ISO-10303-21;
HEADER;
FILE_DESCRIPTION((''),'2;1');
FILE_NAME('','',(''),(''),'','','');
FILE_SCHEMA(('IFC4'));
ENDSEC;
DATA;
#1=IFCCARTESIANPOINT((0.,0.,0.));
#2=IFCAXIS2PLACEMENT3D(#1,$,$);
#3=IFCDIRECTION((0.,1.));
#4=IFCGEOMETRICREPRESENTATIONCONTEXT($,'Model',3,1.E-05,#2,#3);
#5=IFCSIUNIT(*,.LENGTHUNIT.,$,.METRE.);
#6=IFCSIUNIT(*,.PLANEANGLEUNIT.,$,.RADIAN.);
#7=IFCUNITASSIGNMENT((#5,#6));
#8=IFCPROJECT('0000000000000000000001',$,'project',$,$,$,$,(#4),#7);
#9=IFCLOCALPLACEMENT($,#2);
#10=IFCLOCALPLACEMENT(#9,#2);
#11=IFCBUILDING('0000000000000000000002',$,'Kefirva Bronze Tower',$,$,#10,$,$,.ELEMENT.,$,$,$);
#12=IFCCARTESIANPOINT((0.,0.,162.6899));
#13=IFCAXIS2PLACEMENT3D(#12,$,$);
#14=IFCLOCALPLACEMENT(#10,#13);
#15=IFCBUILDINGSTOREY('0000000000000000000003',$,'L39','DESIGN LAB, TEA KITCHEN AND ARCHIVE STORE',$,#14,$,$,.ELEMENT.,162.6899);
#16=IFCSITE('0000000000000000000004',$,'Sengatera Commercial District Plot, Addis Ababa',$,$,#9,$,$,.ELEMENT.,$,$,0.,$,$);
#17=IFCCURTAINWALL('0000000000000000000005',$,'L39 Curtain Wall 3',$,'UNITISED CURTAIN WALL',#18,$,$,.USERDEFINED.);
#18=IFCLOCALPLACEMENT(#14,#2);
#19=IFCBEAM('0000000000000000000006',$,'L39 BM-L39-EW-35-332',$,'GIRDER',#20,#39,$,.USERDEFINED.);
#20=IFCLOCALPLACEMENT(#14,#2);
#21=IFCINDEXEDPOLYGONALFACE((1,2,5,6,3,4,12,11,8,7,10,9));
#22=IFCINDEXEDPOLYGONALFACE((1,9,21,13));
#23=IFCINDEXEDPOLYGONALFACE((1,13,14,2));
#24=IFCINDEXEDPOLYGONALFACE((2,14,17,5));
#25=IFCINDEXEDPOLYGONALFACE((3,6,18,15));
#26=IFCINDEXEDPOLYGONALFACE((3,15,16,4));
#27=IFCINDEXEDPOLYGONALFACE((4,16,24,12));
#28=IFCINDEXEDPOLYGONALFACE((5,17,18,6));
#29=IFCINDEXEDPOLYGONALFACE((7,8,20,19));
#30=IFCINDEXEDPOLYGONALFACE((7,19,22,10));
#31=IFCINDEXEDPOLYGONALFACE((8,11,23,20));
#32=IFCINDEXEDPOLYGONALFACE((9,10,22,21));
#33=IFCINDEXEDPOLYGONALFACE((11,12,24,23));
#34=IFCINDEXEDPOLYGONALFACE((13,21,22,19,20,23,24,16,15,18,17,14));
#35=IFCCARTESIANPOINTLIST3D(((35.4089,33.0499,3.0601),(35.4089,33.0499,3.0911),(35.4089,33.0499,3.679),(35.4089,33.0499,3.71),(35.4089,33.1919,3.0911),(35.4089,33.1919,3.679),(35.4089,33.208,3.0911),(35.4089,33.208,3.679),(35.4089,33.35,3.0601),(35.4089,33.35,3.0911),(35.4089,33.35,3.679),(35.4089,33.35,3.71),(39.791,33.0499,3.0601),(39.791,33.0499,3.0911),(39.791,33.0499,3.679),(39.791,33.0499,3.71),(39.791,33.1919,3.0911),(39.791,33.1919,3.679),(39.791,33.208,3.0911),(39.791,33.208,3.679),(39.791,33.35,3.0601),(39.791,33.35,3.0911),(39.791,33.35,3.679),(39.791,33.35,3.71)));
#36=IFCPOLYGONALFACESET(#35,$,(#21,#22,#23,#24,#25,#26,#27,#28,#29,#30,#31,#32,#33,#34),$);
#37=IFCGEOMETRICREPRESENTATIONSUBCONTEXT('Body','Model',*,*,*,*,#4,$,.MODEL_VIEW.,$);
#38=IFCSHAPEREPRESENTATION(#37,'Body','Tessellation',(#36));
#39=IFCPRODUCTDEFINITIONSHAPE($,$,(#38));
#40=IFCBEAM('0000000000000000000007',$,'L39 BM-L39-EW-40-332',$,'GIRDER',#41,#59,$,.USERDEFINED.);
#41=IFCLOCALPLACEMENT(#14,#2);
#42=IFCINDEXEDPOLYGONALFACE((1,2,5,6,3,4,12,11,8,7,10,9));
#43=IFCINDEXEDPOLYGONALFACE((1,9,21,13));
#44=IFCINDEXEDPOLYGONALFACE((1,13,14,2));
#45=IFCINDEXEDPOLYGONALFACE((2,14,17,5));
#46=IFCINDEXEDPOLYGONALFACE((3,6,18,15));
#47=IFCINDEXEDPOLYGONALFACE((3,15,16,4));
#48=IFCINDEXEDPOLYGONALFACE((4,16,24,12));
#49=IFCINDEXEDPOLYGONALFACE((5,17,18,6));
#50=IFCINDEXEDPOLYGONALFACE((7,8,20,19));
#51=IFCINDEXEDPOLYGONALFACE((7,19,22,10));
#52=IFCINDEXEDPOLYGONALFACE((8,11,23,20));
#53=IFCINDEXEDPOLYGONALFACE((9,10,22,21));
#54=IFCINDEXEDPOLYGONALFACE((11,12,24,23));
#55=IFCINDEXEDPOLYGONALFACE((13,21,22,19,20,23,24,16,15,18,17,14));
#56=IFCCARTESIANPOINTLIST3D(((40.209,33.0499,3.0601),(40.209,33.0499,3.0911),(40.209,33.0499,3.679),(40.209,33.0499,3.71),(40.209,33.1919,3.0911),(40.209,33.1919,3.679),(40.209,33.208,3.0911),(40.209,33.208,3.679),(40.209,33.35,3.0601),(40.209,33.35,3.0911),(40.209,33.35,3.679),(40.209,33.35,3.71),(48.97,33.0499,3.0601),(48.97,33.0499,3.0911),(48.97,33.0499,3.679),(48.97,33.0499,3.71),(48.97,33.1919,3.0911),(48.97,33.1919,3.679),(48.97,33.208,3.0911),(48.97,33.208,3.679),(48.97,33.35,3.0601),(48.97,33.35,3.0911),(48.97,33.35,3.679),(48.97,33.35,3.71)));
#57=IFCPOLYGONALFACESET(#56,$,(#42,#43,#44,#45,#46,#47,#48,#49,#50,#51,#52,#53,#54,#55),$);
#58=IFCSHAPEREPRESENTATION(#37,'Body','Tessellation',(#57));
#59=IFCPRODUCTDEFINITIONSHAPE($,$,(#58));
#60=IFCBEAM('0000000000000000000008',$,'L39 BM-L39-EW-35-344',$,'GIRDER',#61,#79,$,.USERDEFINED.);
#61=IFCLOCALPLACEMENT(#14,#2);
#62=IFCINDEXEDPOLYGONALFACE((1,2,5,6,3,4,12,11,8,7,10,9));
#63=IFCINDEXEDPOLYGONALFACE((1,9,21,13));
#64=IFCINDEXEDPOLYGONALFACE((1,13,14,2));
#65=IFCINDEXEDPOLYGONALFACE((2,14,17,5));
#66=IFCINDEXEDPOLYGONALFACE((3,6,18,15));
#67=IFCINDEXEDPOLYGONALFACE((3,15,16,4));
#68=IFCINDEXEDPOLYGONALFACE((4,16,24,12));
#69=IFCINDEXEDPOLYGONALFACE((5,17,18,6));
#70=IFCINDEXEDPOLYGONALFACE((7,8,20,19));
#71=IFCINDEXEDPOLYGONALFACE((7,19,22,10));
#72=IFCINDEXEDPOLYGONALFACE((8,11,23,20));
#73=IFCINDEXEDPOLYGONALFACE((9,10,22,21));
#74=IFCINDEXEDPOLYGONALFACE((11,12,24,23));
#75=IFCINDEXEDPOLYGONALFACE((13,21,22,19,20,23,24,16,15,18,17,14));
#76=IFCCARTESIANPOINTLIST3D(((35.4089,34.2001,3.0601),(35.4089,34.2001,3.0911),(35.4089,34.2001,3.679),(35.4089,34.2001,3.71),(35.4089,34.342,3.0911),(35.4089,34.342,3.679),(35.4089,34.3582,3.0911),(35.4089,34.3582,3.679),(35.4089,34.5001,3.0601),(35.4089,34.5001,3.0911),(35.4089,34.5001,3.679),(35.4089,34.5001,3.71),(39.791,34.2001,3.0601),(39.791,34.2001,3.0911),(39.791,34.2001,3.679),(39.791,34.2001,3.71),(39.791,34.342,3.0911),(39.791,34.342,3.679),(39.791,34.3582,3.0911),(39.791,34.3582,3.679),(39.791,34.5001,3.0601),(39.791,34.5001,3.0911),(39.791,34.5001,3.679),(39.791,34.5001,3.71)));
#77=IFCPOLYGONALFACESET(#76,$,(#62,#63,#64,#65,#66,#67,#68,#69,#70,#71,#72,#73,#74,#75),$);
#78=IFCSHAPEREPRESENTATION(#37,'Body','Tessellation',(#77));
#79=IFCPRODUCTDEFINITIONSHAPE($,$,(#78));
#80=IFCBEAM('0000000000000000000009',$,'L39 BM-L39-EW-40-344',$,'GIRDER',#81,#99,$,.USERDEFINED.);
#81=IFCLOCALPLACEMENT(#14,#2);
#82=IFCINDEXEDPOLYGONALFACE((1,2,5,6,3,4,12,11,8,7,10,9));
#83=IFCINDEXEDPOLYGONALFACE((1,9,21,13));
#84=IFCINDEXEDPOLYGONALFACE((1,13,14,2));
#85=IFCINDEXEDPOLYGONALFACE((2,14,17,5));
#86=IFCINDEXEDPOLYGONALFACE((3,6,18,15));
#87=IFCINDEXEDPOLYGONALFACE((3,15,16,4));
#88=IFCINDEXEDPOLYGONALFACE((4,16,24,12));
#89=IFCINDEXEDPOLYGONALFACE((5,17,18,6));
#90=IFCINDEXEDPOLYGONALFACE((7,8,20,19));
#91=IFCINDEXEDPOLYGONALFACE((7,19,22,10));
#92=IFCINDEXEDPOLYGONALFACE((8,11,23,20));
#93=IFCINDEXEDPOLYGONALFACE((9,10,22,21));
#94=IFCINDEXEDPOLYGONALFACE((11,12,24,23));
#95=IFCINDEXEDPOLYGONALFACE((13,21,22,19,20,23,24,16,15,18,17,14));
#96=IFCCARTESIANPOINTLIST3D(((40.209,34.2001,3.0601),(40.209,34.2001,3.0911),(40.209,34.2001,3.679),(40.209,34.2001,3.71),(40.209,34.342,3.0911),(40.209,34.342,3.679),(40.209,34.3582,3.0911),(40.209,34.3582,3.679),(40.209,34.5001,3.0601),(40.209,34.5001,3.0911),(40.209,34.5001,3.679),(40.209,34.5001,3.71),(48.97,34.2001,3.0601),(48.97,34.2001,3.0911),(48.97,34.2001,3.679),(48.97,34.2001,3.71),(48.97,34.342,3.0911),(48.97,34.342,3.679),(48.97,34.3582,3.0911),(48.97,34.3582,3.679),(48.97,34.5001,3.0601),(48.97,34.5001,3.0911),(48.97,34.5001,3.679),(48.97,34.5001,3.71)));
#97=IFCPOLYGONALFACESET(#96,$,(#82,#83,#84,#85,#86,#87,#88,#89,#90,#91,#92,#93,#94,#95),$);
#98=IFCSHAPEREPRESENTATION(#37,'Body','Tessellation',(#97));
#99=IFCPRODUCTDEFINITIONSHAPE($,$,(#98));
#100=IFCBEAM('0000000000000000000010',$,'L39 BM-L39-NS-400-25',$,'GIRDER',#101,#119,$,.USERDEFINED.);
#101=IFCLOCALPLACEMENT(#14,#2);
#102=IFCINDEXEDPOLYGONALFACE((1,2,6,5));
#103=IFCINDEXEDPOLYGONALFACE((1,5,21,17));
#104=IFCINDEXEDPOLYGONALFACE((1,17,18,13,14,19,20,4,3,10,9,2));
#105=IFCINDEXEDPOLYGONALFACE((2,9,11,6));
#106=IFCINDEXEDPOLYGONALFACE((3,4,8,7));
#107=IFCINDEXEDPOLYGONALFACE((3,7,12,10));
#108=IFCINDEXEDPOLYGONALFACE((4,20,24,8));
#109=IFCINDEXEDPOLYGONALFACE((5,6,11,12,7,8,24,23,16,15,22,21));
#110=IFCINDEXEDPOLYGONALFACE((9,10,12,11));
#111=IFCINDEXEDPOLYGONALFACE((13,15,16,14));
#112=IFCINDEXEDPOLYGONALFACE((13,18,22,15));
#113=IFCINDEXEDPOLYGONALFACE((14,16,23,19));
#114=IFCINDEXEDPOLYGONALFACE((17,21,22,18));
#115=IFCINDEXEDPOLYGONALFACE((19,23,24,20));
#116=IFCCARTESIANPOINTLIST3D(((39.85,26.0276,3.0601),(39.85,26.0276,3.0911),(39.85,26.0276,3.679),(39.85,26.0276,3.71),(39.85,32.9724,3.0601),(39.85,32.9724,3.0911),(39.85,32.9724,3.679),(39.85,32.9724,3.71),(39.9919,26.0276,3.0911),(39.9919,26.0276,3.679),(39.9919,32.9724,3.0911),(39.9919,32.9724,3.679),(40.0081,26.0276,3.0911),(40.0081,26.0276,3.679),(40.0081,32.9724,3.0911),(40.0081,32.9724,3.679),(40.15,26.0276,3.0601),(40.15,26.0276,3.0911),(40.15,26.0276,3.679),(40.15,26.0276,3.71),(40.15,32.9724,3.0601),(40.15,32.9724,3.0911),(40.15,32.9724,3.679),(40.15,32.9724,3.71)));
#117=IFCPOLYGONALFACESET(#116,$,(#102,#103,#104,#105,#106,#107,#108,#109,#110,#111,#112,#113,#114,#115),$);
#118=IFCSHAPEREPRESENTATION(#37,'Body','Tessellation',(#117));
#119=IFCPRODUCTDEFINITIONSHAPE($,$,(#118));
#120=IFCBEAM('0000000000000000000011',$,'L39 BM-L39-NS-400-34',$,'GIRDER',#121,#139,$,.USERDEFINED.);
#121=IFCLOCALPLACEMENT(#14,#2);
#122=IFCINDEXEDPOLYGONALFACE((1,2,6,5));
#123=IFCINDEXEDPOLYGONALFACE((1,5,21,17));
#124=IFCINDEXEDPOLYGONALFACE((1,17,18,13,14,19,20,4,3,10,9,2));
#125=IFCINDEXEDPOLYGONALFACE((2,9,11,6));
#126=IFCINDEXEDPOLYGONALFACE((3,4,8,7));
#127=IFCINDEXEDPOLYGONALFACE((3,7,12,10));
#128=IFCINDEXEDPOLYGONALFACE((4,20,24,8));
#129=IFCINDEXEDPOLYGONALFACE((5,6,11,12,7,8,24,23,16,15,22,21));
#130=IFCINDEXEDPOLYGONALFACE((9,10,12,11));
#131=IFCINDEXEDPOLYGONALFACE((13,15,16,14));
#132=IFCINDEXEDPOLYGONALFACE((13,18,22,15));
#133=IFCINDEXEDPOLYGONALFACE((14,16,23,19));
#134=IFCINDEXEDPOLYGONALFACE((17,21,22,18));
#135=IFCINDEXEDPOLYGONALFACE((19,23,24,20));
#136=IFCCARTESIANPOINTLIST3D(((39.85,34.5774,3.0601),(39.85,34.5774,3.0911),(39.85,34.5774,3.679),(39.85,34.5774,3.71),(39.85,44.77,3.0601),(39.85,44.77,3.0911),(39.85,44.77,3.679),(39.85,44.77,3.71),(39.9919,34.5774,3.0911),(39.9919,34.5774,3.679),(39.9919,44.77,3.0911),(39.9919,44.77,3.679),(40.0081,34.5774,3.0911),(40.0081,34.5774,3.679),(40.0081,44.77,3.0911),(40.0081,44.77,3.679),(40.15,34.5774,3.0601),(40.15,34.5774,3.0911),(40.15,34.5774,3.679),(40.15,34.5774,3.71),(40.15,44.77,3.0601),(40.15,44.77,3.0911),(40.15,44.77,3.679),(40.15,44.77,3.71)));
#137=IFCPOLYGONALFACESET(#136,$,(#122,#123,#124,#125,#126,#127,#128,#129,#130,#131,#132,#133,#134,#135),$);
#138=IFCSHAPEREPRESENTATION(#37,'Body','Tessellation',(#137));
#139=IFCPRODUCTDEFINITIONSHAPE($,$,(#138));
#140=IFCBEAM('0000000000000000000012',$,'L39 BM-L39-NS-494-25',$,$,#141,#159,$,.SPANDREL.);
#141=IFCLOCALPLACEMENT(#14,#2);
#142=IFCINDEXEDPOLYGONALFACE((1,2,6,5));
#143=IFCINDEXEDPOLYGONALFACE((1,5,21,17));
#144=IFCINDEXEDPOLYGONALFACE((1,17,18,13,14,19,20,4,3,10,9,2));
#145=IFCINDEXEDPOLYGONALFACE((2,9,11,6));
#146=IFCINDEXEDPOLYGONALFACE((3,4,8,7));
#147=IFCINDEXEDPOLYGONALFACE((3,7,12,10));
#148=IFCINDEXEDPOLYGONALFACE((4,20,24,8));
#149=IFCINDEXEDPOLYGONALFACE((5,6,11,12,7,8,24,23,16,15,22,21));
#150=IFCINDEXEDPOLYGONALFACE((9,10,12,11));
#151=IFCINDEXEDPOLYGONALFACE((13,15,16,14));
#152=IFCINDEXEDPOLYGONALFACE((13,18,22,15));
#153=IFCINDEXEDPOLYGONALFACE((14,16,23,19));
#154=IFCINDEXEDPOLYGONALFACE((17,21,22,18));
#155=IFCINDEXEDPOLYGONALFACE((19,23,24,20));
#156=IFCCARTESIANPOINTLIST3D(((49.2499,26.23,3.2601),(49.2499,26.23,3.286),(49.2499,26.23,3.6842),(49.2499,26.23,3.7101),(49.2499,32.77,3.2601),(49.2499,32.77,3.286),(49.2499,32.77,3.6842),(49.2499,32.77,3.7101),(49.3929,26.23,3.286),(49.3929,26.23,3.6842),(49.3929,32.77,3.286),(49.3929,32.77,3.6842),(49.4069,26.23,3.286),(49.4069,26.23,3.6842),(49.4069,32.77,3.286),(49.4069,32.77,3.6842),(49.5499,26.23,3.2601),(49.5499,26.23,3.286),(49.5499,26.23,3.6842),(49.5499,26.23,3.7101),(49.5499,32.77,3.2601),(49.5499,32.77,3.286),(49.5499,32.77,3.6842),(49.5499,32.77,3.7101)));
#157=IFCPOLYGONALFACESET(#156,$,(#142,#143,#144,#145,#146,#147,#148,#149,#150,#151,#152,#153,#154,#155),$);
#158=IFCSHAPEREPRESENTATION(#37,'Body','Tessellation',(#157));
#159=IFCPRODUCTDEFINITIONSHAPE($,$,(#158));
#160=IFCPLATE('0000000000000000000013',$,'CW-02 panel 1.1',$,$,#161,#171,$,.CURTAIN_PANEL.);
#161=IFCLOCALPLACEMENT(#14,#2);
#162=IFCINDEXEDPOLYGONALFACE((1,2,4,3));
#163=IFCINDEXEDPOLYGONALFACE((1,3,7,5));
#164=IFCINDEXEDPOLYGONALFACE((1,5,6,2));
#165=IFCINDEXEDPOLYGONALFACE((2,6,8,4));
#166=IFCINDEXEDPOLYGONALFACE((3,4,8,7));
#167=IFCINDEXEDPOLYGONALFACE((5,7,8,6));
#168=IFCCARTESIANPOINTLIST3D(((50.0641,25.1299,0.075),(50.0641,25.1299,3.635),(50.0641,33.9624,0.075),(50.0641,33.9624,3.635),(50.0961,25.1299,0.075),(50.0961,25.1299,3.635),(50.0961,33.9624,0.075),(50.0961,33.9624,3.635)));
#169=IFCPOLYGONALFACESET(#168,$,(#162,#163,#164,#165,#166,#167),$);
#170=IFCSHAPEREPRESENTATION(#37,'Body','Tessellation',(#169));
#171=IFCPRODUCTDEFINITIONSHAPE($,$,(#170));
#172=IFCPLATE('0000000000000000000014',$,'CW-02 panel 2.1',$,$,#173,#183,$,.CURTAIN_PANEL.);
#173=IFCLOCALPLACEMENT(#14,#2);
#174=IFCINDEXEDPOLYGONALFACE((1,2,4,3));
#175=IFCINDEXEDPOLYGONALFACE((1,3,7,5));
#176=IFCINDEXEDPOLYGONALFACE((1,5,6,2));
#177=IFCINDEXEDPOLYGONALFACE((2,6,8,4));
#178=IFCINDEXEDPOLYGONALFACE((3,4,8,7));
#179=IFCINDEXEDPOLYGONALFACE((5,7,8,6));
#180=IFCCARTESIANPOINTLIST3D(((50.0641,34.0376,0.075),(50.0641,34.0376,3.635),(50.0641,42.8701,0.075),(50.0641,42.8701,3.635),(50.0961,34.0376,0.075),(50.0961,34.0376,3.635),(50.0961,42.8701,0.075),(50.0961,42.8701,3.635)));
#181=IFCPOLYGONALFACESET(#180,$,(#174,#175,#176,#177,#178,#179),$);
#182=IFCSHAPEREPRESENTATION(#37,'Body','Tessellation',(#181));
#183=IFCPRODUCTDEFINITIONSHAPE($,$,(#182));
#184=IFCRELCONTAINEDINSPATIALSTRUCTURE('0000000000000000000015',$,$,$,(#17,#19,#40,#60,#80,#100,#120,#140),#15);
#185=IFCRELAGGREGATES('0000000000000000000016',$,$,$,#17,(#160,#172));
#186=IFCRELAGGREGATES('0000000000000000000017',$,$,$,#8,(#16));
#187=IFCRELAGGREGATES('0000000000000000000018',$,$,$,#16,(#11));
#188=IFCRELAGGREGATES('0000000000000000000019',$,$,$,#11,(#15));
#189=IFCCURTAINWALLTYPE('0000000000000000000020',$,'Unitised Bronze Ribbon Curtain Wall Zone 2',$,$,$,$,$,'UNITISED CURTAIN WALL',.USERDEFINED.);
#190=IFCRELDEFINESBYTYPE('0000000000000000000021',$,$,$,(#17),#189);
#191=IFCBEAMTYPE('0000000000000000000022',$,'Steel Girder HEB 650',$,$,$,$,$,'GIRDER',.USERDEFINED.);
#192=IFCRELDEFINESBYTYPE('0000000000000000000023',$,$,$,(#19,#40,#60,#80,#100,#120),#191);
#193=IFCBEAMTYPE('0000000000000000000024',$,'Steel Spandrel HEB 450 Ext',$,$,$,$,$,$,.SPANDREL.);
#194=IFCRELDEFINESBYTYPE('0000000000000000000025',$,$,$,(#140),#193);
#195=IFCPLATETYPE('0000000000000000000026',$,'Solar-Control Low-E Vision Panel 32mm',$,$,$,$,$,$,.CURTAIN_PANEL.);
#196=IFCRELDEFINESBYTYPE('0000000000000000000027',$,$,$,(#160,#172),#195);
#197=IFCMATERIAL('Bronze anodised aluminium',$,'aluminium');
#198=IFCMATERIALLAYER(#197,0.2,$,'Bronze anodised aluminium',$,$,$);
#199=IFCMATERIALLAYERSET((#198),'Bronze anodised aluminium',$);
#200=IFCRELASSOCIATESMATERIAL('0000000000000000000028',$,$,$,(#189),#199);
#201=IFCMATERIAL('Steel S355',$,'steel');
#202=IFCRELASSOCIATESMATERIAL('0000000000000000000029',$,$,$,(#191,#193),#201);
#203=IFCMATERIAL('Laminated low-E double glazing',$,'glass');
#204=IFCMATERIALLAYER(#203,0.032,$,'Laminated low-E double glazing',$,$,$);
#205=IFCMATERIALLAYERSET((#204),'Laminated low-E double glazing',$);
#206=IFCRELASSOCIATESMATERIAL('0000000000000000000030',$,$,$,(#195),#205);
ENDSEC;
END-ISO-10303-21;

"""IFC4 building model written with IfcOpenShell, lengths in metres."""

from ifc_helpers import new_model, si_unit, direction, frame, origin, origin_2d, place, context, subcontext, project, spatial, rectangle, i_section, extrude, material, layer, layer_set, material_profile, profile_set, type_object, element, aggregate, save


model = new_model("IFC4")

# Units and contexts
model_context = context("Model", 3, precision=1e-05, world=origin(), true_north=direction((0.0, 1.0)))
body_context = subcontext(model_context, "Body", "Model", "MODEL_VIEW")
ifc_project = project(units=[si_unit("LENGTHUNIT", "METRE"), si_unit("PLANEANGLEUNIT", "RADIAN")], contexts=[model_context])

# Site, building, storey
site_placement = place(None, origin())
site = spatial("IfcSite", under=ifc_project, at=site_placement, Name="Sengatera Commercial District Plot, Addis Ababa", CompositionType="ELEMENT", RefElevation=0.0)
building_placement = place(site_placement, origin())
building = spatial("IfcBuilding", under=site, at=building_placement, Name="Kefirva Bronze Tower", CompositionType="ELEMENT")
storey_placement = place(building_placement, frame((0.0, 0.0, 162.6899)))
storey = spatial("IfcBuildingStorey", under=building, at=storey_placement, Name="L39", Description="DESIGN LAB, TEA KITCHEN AND ARCHIVE STORE", CompositionType="ELEMENT", Elevation=162.6899)

# Curtain wall
ifc_material_1 = material(Name="Bronze anodised aluminium", Category="aluminium")
ifc_layer_1 = layer(ifc_material_1, 0.2, Name="Bronze anodised aluminium")
ifc_layer_set_1 = layer_set([ifc_layer_1], Name="Bronze anodised aluminium")
curtain_wall_type = type_object("IfcCurtainWallType", Name="Unitised Bronze Ribbon Curtain Wall Zone 2", ElementType="UNITISED CURTAIN WALL", PredefinedType="USERDEFINED", material=ifc_layer_set_1)
curtain_wall_placement = place(storey_placement, origin())
curtain_wall = element("IfcCurtainWall", 1, at=curtain_wall_placement, inside=storey, type_object=curtain_wall_type, Name="L39 Curtain Wall 3", ObjectType="UNITISED CURTAIN WALL", PredefinedType="USERDEFINED")

# Beams
ifc_material_2 = material(Name="Steel S355", Category="steel")
ifc_material_profile_1 = material_profile(ifc_material_2, i_section(OverallWidth=0.3, OverallDepth=0.6499, WebThickness=0.0161, FlangeThickness=0.031, at=origin_2d()), Name="HEB 650")
ifc_profile_set_1 = profile_set([ifc_material_profile_1], Name="Steel S355")
beam_type_1 = type_object("IfcBeamType", Name="Steel Girder HEB 650", ElementType="GIRDER", PredefinedType="USERDEFINED", material=ifc_profile_set_1)
beam_1_placement = place(storey_placement, frame((35.4089, 33.2, 3.385), z_axis=(1.0, 0.0, 0.0), x_axis=(0.0, 1.0, 0.0)))
element("IfcBeam", 2, at=beam_1_placement, inside=storey, type_object=beam_type_1, Name="L39 BM-L39-EW-35-332", ObjectType="GIRDER", PredefinedType="USERDEFINED", context=body_context, shape_type="SweptSolid", body=[
    extrude(i_section(OverallWidth=0.3, OverallDepth=0.6499, WebThickness=0.0161, FlangeThickness=0.031, at=origin_2d()), origin(), (0.0, 0.0, 1.0), 4.3821),
])
beam_2_placement = place(storey_placement, frame((40.209, 33.2, 3.385), z_axis=(1.0, 0.0, 0.0), x_axis=(0.0, 1.0, 0.0)))
element("IfcBeam", 3, at=beam_2_placement, inside=storey, type_object=beam_type_1, Name="L39 BM-L39-EW-40-332", ObjectType="GIRDER", PredefinedType="USERDEFINED", context=body_context, shape_type="SweptSolid", body=[
    extrude(i_section(OverallWidth=0.3, OverallDepth=0.6499, WebThickness=0.0161, FlangeThickness=0.031, at=origin_2d()), origin(), (0.0, 0.0, 1.0), 8.761),
])
beam_3_placement = place(storey_placement, frame((35.4089, 34.3501, 3.385), z_axis=(1.0, 0.0, 0.0), x_axis=(0.0, 1.0, 0.0)))
element("IfcBeam", 4, at=beam_3_placement, inside=storey, type_object=beam_type_1, Name="L39 BM-L39-EW-35-344", ObjectType="GIRDER", PredefinedType="USERDEFINED", context=body_context, shape_type="SweptSolid", body=[
    extrude(i_section(OverallWidth=0.3, OverallDepth=0.6499, WebThickness=0.0161, FlangeThickness=0.031, at=origin_2d()), origin(), (0.0, 0.0, 1.0), 4.3821),
])
beam_4_placement = place(storey_placement, frame((40.209, 34.3501, 3.385), z_axis=(1.0, 0.0, 0.0), x_axis=(0.0, 1.0, 0.0)))
element("IfcBeam", 5, at=beam_4_placement, inside=storey, type_object=beam_type_1, Name="L39 BM-L39-EW-40-344", ObjectType="GIRDER", PredefinedType="USERDEFINED", context=body_context, shape_type="SweptSolid", body=[
    extrude(i_section(OverallWidth=0.3, OverallDepth=0.6499, WebThickness=0.0161, FlangeThickness=0.031, at=origin_2d()), origin(), (0.0, 0.0, 1.0), 8.761),
])
beam_5_placement = place(storey_placement, frame((40.0, 26.0276, 3.385), z_axis=(0.0, 1.0, 0.0), x_axis=(-1.0, 0.0, 0.0)))
element("IfcBeam", 6, at=beam_5_placement, inside=storey, type_object=beam_type_1, Name="L39 BM-L39-NS-400-25", ObjectType="GIRDER", PredefinedType="USERDEFINED", context=body_context, shape_type="SweptSolid", body=[
    extrude(i_section(OverallWidth=0.3, OverallDepth=0.6499, WebThickness=0.0161, FlangeThickness=0.031, at=origin_2d()), origin(), (0.0, 0.0, 1.0), 6.9448),
])
beam_6_placement = place(storey_placement, frame((40.0, 34.5774, 3.385), z_axis=(0.0, 1.0, 0.0), x_axis=(-1.0, 0.0, 0.0)))
element("IfcBeam", 7, at=beam_6_placement, inside=storey, type_object=beam_type_1, Name="L39 BM-L39-NS-400-34", ObjectType="GIRDER", PredefinedType="USERDEFINED", context=body_context, shape_type="SweptSolid", body=[
    extrude(i_section(OverallWidth=0.3, OverallDepth=0.6499, WebThickness=0.0161, FlangeThickness=0.031, at=origin_2d()), origin(), (0.0, 0.0, 1.0), 10.1926),
])
ifc_material_profile_2 = material_profile(ifc_material_2, i_section(OverallWidth=0.3, OverallDepth=0.45, WebThickness=0.0139, FlangeThickness=0.0259, at=origin_2d()), Name="HEB 450")
ifc_profile_set_2 = profile_set([ifc_material_profile_2], Name="Steel S355")
beam_type_2 = type_object("IfcBeamType", Name="Steel Spandrel HEB 450 Ext", PredefinedType="SPANDREL", material=ifc_profile_set_2)
beam_7_placement = place(storey_placement, frame((49.3999, 26.23, 3.4851), z_axis=(0.0, 1.0, 0.0), x_axis=(-1.0, 0.0, 0.0)))
element("IfcBeam", 8, at=beam_7_placement, inside=storey, type_object=beam_type_2, Name="L39 BM-L39-NS-494-25", PredefinedType="SPANDREL", context=body_context, shape_type="SweptSolid", body=[
    extrude(i_section(OverallWidth=0.3, OverallDepth=0.45, WebThickness=0.0139, FlangeThickness=0.0259, at=origin_2d()), origin(), (0.0, 0.0, 1.0), 6.54),
])

# Plates
ifc_material_3 = material(Name="Laminated low-E double glazing", Category="glass")
ifc_layer_2 = layer(ifc_material_3, 0.032, Name="Laminated low-E double glazing")
ifc_layer_set_2 = layer_set([ifc_layer_2], Name="Laminated low-E double glazing")
plate_type = type_object("IfcPlateType", Name="Solar-Control Low-E Vision Panel 32mm", PredefinedType="CURTAIN_PANEL", material=ifc_layer_set_2)
plate_1_placement = place(storey_placement, frame((50.0801, 29.5461, 0.075), z_axis=(0.0, 0.0, 1.0), x_axis=(0.0, 1.0, 0.0)))
plate_1 = element("IfcPlate", 9, at=plate_1_placement, type_object=plate_type, Name="CW-02 panel 1.1", PredefinedType="CURTAIN_PANEL", context=body_context, shape_type="SweptSolid", body=[
    extrude(rectangle(XDim=8.8325, YDim=0.032, at=origin_2d()), origin(), (0.0, 0.0, 1.0), 3.5601),
])
plate_2_placement = place(storey_placement, frame((50.0801, 38.4539, 0.075), z_axis=(0.0, 0.0, 1.0), x_axis=(0.0, 1.0, 0.0)))
plate_2 = element("IfcPlate", 10, at=plate_2_placement, type_object=plate_type, Name="CW-02 panel 2.1", PredefinedType="CURTAIN_PANEL", context=body_context, shape_type="SweptSolid", body=[
    extrude(rectangle(XDim=8.8325, YDim=0.032, at=origin_2d()), origin(), (0.0, 0.0, 1.0), 3.5601),
])
aggregate(curtain_wall, [plate_1, plate_2])

save(model, "model.ifc")
